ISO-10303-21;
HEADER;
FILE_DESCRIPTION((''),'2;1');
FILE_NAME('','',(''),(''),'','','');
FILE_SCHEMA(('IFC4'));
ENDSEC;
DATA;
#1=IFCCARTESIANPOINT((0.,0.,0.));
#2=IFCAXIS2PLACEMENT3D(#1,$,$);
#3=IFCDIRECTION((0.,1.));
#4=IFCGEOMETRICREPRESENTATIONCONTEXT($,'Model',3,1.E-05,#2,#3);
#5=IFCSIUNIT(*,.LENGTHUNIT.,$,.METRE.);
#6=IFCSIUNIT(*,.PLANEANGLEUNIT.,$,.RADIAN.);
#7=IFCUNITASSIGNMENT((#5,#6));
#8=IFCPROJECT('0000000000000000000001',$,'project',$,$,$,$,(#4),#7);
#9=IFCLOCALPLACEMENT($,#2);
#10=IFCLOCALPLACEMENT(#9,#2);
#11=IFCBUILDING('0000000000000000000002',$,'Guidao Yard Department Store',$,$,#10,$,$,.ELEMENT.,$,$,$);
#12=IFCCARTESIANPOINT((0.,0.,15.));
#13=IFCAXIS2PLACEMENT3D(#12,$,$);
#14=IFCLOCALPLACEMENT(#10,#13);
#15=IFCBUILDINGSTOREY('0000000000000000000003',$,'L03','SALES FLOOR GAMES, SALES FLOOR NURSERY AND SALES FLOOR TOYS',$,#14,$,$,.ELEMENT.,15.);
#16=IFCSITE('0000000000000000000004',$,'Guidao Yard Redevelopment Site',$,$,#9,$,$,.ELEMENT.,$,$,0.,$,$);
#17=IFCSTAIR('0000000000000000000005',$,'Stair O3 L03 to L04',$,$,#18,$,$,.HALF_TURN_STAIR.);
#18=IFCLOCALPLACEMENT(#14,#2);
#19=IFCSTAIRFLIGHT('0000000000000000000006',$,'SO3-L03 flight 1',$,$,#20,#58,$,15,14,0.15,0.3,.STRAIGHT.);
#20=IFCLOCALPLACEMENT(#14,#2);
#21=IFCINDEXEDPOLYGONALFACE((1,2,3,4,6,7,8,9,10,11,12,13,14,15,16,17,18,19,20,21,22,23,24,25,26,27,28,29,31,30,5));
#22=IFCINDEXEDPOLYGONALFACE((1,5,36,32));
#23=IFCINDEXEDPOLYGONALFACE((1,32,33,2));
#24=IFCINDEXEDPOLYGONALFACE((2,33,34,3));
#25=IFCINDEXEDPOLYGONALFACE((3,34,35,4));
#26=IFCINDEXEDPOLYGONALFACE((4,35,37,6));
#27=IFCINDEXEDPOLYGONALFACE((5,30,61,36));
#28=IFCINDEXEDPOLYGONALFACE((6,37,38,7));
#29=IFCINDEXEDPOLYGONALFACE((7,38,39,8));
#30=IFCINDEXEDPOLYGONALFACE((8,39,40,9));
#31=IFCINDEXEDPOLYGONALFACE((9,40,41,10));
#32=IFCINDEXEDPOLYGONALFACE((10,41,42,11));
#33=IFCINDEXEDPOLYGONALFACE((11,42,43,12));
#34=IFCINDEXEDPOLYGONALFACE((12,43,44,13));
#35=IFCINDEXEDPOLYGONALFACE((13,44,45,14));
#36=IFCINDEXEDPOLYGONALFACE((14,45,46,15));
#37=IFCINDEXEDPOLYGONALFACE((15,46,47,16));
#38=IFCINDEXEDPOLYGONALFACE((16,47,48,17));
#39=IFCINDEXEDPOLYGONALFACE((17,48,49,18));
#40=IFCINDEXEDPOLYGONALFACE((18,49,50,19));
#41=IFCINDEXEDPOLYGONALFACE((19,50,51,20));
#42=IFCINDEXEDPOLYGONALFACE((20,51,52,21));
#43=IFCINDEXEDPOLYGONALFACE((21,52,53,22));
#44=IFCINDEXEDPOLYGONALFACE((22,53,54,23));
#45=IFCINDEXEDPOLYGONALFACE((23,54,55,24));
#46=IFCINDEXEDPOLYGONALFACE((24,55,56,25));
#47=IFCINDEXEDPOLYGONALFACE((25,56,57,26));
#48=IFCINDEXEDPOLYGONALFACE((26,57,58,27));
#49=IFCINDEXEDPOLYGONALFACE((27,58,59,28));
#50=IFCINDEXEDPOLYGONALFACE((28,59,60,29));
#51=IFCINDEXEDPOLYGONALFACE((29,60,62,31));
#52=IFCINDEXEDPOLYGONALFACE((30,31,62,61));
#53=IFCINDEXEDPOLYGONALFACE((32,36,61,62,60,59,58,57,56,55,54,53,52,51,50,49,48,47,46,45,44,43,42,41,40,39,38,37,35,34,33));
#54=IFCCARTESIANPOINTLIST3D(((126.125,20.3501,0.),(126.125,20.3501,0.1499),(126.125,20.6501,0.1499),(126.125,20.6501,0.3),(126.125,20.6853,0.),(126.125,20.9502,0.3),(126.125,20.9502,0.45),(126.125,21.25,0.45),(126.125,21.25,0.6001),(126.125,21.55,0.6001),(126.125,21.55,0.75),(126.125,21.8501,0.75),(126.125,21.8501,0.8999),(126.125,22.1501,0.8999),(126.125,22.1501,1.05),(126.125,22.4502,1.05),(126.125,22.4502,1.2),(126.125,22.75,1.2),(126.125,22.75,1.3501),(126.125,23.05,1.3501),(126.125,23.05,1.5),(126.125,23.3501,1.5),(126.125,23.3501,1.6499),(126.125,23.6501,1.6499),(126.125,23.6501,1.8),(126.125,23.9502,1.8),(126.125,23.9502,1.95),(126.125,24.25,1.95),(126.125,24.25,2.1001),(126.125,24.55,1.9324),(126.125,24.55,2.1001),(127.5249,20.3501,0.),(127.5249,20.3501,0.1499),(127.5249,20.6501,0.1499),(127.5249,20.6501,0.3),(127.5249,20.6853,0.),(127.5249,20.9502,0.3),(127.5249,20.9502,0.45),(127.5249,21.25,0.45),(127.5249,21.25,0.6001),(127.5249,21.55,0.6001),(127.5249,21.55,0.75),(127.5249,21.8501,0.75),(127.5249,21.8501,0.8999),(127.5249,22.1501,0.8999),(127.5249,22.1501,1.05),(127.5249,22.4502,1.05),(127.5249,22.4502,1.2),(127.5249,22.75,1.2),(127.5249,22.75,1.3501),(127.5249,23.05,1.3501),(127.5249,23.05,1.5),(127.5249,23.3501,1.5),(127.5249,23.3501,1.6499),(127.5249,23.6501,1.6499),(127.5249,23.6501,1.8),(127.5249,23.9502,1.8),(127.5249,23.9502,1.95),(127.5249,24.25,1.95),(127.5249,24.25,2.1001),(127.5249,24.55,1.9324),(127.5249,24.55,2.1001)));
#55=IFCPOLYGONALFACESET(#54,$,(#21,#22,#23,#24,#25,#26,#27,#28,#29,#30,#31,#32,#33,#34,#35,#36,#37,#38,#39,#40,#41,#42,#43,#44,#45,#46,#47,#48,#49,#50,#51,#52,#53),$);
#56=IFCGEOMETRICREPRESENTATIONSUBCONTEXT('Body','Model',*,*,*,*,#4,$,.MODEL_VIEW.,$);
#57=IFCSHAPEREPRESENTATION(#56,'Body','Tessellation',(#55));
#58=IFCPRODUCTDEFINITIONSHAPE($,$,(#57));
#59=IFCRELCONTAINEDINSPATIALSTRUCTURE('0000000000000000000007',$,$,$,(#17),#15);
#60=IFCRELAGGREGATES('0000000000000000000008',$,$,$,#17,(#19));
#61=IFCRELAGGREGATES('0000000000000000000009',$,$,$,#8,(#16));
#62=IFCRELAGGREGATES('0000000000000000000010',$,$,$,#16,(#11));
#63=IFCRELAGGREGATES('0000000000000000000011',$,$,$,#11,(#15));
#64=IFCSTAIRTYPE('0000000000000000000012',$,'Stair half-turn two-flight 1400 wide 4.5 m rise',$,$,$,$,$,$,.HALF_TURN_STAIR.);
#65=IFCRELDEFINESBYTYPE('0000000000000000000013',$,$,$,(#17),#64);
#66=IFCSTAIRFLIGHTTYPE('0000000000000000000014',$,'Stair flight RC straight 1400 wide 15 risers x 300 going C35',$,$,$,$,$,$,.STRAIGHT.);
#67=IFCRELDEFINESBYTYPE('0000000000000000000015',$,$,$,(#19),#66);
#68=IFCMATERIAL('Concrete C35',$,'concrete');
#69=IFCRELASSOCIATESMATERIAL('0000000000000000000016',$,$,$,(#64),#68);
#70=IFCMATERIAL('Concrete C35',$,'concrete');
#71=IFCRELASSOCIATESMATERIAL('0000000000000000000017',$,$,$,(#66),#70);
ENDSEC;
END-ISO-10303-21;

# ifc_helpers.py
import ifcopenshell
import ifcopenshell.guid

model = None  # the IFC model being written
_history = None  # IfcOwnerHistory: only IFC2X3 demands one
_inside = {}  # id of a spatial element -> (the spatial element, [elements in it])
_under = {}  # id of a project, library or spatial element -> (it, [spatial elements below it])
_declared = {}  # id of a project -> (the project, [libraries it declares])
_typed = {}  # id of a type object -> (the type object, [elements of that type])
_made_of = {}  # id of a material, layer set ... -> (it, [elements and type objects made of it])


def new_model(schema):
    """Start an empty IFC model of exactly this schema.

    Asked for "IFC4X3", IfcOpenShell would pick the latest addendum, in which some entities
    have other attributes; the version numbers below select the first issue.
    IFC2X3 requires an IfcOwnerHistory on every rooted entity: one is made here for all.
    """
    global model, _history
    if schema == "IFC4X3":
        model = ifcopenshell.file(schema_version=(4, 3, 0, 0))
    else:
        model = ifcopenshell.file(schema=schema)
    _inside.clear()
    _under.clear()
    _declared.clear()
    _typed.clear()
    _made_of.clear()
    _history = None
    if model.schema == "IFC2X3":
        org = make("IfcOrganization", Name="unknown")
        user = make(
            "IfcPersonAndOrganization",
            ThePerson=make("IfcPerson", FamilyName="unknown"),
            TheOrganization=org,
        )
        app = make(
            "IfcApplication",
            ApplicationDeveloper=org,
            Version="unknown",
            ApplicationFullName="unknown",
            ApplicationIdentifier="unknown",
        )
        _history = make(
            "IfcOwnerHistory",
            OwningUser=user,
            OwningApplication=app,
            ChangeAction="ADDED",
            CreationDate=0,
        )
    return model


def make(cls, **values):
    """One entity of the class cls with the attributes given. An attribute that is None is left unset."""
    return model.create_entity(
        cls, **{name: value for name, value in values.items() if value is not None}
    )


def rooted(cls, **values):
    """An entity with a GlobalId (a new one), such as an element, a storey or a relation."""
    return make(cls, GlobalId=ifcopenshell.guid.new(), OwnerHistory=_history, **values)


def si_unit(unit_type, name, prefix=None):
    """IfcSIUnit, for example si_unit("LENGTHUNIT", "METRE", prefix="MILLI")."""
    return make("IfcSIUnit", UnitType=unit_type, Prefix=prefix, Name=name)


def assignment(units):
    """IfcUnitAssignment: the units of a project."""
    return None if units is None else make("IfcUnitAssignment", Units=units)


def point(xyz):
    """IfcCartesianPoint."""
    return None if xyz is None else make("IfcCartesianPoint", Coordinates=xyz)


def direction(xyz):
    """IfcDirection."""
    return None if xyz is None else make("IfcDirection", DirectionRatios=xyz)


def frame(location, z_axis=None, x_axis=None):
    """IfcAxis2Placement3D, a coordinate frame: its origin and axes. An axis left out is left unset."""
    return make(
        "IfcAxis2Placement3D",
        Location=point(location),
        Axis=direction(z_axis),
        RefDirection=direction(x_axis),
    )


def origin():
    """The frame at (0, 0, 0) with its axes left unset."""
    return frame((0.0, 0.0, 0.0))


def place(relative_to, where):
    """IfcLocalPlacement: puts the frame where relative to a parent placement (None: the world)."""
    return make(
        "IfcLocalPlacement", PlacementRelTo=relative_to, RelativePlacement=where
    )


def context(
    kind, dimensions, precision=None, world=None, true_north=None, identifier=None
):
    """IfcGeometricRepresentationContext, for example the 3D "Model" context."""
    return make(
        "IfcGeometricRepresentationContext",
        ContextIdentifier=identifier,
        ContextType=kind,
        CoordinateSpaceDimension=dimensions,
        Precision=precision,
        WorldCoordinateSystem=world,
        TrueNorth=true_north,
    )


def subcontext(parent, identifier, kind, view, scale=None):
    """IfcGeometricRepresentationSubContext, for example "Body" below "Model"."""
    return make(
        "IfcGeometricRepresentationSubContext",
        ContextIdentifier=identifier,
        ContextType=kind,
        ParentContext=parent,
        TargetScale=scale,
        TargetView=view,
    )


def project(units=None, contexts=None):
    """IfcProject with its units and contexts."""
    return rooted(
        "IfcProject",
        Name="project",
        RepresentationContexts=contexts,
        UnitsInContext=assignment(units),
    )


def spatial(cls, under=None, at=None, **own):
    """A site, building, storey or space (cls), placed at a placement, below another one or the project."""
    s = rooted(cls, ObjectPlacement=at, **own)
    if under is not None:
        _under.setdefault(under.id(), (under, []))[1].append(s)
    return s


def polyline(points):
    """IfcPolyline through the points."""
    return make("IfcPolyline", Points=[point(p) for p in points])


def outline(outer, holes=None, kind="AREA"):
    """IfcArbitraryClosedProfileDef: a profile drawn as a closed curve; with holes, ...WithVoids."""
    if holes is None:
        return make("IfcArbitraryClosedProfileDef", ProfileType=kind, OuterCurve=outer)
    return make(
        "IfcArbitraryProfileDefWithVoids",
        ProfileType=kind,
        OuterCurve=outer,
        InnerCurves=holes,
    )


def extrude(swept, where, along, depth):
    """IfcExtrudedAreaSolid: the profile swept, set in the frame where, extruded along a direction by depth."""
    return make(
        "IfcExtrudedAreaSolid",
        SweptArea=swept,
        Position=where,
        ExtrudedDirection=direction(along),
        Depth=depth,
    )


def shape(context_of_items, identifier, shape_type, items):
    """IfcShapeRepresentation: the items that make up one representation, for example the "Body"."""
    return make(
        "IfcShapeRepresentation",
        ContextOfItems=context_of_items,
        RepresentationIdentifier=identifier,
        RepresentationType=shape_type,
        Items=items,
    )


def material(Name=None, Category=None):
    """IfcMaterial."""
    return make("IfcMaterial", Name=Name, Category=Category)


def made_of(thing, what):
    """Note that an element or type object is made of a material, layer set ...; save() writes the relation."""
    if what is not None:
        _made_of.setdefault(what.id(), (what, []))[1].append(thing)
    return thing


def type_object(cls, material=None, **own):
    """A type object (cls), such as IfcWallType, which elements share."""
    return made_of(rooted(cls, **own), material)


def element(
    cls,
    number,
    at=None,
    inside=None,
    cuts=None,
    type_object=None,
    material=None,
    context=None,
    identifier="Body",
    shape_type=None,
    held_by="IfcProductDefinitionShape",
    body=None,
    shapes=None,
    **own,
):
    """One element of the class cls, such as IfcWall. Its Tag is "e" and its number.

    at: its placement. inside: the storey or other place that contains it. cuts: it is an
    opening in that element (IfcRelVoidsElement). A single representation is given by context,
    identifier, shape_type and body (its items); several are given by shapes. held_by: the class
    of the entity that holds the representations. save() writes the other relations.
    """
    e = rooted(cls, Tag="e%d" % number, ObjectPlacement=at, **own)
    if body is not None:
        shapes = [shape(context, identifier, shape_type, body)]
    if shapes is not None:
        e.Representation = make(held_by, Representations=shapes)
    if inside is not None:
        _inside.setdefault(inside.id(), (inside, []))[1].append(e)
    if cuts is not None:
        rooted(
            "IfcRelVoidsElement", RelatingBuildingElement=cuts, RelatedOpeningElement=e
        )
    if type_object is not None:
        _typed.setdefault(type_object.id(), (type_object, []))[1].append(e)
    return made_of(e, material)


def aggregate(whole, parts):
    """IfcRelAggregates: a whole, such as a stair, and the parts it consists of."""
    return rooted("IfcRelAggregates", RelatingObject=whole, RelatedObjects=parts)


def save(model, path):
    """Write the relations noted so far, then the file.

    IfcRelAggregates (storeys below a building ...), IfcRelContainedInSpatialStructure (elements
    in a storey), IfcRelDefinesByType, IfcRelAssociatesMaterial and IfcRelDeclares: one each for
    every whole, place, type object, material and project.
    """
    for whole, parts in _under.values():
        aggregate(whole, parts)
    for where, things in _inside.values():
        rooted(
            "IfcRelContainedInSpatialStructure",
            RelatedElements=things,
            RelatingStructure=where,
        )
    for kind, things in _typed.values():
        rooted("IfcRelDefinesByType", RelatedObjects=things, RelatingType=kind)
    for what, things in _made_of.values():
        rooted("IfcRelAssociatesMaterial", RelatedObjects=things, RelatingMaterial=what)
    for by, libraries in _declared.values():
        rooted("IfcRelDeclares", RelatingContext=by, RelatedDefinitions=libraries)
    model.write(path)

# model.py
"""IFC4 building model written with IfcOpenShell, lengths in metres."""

from ifc_helpers import new_model, si_unit, direction, frame, origin, place, context, subcontext, project, spatial, polyline, outline, extrude, material, type_object, element, aggregate, save


model = new_model("IFC4")

# Units and contexts
model_context = context("Model", 3, precision=1e-05, world=origin(), true_north=direction((0.0, 1.0)))
body_context = subcontext(model_context, "Body", "Model", "MODEL_VIEW")
ifc_project = project(units=[si_unit("LENGTHUNIT", "METRE"), si_unit("PLANEANGLEUNIT", "RADIAN")], contexts=[model_context])

# Site, building, storey
site_placement = place(None, origin())
site = spatial("IfcSite", under=ifc_project, at=site_placement, Name="Guidao Yard Redevelopment Site", CompositionType="ELEMENT", RefElevation=0.0)
building_placement = place(site_placement, origin())
building = spatial("IfcBuilding", under=site, at=building_placement, Name="Guidao Yard Department Store", CompositionType="ELEMENT")
storey_placement = place(building_placement, frame((0.0, 0.0, 15.0)))
storey = spatial("IfcBuildingStorey", under=building, at=storey_placement, Name="L03", Description="SALES FLOOR GAMES, SALES FLOOR NURSERY AND SALES FLOOR TOYS", CompositionType="ELEMENT", Elevation=15.0)

# Stair, stair flight
ifc_material_1 = material(Name="Concrete C35", Category="concrete")
stair_type = type_object("IfcStairType", Name="Stair half-turn two-flight 1400 wide 4.5 m rise", PredefinedType="HALF_TURN_STAIR", material=ifc_material_1)
stair_placement = place(storey_placement, origin())
stair = element("IfcStair", 1, at=stair_placement, inside=storey, type_object=stair_type, Name="Stair O3 L03 to L04", PredefinedType="HALF_TURN_STAIR")
ifc_material_2 = material(Name="Concrete C35", Category="concrete")
stair_flight_type = type_object("IfcStairFlightType", Name="Stair flight RC straight 1400 wide 15 risers x 300 going C35", PredefinedType="STRAIGHT", material=ifc_material_2)
stair_flight_placement = place(storey_placement, frame((126.825, 20.3501, 0.0), z_axis=(0.0, 0.0, 1.0), x_axis=(0.0, 1.0, 0.0)))
stair_flight = element("IfcStairFlight", 2, at=stair_flight_placement, type_object=stair_flight_type, Name="SO3-L03 flight 1", NumberOfRisers=15, NumberOfTreads=14, PredefinedType="STRAIGHT", RiserHeight=0.15, TreadLength=0.3, context=body_context, shape_type="SweptSolid", body=[
    extrude(outline(polyline([(0.0, 0.0), (0.0, 0.1499), (0.3, 0.1499), (0.3, 0.3), (0.6001, 0.3), (0.6001, 0.45), (0.8999, 0.45), (0.8999, 0.6001), (1.2, 0.6001), (1.2, 0.75), (1.5, 0.75), (1.5, 0.8999), (1.8, 0.8999), (1.8, 1.05), (2.1001, 1.05), (2.1001, 1.2), (2.3999, 1.2), (2.3999, 1.3501), (2.7, 1.3501), (2.7, 1.5), (3.0, 1.5), (3.0, 1.6499), (3.3, 1.6499), (3.3, 1.8), (3.6001, 1.8), (3.6001, 1.95), (3.8999, 1.95), (3.8999, 2.1001), (4.2, 2.1001), (4.2, 2.25), (4.2, 1.9324), (0.3352, 0.0), (0.0, 0.0)])), frame((0.0, 0.7, 0.0), z_axis=(0.0, -1.0, 0.0), x_axis=(1.0, 0.0, 0.0)), (0.0, 0.0, 1.0), 1.3999),
])
aggregate(stair, [stair_flight])

save(model, "model.ifc")
